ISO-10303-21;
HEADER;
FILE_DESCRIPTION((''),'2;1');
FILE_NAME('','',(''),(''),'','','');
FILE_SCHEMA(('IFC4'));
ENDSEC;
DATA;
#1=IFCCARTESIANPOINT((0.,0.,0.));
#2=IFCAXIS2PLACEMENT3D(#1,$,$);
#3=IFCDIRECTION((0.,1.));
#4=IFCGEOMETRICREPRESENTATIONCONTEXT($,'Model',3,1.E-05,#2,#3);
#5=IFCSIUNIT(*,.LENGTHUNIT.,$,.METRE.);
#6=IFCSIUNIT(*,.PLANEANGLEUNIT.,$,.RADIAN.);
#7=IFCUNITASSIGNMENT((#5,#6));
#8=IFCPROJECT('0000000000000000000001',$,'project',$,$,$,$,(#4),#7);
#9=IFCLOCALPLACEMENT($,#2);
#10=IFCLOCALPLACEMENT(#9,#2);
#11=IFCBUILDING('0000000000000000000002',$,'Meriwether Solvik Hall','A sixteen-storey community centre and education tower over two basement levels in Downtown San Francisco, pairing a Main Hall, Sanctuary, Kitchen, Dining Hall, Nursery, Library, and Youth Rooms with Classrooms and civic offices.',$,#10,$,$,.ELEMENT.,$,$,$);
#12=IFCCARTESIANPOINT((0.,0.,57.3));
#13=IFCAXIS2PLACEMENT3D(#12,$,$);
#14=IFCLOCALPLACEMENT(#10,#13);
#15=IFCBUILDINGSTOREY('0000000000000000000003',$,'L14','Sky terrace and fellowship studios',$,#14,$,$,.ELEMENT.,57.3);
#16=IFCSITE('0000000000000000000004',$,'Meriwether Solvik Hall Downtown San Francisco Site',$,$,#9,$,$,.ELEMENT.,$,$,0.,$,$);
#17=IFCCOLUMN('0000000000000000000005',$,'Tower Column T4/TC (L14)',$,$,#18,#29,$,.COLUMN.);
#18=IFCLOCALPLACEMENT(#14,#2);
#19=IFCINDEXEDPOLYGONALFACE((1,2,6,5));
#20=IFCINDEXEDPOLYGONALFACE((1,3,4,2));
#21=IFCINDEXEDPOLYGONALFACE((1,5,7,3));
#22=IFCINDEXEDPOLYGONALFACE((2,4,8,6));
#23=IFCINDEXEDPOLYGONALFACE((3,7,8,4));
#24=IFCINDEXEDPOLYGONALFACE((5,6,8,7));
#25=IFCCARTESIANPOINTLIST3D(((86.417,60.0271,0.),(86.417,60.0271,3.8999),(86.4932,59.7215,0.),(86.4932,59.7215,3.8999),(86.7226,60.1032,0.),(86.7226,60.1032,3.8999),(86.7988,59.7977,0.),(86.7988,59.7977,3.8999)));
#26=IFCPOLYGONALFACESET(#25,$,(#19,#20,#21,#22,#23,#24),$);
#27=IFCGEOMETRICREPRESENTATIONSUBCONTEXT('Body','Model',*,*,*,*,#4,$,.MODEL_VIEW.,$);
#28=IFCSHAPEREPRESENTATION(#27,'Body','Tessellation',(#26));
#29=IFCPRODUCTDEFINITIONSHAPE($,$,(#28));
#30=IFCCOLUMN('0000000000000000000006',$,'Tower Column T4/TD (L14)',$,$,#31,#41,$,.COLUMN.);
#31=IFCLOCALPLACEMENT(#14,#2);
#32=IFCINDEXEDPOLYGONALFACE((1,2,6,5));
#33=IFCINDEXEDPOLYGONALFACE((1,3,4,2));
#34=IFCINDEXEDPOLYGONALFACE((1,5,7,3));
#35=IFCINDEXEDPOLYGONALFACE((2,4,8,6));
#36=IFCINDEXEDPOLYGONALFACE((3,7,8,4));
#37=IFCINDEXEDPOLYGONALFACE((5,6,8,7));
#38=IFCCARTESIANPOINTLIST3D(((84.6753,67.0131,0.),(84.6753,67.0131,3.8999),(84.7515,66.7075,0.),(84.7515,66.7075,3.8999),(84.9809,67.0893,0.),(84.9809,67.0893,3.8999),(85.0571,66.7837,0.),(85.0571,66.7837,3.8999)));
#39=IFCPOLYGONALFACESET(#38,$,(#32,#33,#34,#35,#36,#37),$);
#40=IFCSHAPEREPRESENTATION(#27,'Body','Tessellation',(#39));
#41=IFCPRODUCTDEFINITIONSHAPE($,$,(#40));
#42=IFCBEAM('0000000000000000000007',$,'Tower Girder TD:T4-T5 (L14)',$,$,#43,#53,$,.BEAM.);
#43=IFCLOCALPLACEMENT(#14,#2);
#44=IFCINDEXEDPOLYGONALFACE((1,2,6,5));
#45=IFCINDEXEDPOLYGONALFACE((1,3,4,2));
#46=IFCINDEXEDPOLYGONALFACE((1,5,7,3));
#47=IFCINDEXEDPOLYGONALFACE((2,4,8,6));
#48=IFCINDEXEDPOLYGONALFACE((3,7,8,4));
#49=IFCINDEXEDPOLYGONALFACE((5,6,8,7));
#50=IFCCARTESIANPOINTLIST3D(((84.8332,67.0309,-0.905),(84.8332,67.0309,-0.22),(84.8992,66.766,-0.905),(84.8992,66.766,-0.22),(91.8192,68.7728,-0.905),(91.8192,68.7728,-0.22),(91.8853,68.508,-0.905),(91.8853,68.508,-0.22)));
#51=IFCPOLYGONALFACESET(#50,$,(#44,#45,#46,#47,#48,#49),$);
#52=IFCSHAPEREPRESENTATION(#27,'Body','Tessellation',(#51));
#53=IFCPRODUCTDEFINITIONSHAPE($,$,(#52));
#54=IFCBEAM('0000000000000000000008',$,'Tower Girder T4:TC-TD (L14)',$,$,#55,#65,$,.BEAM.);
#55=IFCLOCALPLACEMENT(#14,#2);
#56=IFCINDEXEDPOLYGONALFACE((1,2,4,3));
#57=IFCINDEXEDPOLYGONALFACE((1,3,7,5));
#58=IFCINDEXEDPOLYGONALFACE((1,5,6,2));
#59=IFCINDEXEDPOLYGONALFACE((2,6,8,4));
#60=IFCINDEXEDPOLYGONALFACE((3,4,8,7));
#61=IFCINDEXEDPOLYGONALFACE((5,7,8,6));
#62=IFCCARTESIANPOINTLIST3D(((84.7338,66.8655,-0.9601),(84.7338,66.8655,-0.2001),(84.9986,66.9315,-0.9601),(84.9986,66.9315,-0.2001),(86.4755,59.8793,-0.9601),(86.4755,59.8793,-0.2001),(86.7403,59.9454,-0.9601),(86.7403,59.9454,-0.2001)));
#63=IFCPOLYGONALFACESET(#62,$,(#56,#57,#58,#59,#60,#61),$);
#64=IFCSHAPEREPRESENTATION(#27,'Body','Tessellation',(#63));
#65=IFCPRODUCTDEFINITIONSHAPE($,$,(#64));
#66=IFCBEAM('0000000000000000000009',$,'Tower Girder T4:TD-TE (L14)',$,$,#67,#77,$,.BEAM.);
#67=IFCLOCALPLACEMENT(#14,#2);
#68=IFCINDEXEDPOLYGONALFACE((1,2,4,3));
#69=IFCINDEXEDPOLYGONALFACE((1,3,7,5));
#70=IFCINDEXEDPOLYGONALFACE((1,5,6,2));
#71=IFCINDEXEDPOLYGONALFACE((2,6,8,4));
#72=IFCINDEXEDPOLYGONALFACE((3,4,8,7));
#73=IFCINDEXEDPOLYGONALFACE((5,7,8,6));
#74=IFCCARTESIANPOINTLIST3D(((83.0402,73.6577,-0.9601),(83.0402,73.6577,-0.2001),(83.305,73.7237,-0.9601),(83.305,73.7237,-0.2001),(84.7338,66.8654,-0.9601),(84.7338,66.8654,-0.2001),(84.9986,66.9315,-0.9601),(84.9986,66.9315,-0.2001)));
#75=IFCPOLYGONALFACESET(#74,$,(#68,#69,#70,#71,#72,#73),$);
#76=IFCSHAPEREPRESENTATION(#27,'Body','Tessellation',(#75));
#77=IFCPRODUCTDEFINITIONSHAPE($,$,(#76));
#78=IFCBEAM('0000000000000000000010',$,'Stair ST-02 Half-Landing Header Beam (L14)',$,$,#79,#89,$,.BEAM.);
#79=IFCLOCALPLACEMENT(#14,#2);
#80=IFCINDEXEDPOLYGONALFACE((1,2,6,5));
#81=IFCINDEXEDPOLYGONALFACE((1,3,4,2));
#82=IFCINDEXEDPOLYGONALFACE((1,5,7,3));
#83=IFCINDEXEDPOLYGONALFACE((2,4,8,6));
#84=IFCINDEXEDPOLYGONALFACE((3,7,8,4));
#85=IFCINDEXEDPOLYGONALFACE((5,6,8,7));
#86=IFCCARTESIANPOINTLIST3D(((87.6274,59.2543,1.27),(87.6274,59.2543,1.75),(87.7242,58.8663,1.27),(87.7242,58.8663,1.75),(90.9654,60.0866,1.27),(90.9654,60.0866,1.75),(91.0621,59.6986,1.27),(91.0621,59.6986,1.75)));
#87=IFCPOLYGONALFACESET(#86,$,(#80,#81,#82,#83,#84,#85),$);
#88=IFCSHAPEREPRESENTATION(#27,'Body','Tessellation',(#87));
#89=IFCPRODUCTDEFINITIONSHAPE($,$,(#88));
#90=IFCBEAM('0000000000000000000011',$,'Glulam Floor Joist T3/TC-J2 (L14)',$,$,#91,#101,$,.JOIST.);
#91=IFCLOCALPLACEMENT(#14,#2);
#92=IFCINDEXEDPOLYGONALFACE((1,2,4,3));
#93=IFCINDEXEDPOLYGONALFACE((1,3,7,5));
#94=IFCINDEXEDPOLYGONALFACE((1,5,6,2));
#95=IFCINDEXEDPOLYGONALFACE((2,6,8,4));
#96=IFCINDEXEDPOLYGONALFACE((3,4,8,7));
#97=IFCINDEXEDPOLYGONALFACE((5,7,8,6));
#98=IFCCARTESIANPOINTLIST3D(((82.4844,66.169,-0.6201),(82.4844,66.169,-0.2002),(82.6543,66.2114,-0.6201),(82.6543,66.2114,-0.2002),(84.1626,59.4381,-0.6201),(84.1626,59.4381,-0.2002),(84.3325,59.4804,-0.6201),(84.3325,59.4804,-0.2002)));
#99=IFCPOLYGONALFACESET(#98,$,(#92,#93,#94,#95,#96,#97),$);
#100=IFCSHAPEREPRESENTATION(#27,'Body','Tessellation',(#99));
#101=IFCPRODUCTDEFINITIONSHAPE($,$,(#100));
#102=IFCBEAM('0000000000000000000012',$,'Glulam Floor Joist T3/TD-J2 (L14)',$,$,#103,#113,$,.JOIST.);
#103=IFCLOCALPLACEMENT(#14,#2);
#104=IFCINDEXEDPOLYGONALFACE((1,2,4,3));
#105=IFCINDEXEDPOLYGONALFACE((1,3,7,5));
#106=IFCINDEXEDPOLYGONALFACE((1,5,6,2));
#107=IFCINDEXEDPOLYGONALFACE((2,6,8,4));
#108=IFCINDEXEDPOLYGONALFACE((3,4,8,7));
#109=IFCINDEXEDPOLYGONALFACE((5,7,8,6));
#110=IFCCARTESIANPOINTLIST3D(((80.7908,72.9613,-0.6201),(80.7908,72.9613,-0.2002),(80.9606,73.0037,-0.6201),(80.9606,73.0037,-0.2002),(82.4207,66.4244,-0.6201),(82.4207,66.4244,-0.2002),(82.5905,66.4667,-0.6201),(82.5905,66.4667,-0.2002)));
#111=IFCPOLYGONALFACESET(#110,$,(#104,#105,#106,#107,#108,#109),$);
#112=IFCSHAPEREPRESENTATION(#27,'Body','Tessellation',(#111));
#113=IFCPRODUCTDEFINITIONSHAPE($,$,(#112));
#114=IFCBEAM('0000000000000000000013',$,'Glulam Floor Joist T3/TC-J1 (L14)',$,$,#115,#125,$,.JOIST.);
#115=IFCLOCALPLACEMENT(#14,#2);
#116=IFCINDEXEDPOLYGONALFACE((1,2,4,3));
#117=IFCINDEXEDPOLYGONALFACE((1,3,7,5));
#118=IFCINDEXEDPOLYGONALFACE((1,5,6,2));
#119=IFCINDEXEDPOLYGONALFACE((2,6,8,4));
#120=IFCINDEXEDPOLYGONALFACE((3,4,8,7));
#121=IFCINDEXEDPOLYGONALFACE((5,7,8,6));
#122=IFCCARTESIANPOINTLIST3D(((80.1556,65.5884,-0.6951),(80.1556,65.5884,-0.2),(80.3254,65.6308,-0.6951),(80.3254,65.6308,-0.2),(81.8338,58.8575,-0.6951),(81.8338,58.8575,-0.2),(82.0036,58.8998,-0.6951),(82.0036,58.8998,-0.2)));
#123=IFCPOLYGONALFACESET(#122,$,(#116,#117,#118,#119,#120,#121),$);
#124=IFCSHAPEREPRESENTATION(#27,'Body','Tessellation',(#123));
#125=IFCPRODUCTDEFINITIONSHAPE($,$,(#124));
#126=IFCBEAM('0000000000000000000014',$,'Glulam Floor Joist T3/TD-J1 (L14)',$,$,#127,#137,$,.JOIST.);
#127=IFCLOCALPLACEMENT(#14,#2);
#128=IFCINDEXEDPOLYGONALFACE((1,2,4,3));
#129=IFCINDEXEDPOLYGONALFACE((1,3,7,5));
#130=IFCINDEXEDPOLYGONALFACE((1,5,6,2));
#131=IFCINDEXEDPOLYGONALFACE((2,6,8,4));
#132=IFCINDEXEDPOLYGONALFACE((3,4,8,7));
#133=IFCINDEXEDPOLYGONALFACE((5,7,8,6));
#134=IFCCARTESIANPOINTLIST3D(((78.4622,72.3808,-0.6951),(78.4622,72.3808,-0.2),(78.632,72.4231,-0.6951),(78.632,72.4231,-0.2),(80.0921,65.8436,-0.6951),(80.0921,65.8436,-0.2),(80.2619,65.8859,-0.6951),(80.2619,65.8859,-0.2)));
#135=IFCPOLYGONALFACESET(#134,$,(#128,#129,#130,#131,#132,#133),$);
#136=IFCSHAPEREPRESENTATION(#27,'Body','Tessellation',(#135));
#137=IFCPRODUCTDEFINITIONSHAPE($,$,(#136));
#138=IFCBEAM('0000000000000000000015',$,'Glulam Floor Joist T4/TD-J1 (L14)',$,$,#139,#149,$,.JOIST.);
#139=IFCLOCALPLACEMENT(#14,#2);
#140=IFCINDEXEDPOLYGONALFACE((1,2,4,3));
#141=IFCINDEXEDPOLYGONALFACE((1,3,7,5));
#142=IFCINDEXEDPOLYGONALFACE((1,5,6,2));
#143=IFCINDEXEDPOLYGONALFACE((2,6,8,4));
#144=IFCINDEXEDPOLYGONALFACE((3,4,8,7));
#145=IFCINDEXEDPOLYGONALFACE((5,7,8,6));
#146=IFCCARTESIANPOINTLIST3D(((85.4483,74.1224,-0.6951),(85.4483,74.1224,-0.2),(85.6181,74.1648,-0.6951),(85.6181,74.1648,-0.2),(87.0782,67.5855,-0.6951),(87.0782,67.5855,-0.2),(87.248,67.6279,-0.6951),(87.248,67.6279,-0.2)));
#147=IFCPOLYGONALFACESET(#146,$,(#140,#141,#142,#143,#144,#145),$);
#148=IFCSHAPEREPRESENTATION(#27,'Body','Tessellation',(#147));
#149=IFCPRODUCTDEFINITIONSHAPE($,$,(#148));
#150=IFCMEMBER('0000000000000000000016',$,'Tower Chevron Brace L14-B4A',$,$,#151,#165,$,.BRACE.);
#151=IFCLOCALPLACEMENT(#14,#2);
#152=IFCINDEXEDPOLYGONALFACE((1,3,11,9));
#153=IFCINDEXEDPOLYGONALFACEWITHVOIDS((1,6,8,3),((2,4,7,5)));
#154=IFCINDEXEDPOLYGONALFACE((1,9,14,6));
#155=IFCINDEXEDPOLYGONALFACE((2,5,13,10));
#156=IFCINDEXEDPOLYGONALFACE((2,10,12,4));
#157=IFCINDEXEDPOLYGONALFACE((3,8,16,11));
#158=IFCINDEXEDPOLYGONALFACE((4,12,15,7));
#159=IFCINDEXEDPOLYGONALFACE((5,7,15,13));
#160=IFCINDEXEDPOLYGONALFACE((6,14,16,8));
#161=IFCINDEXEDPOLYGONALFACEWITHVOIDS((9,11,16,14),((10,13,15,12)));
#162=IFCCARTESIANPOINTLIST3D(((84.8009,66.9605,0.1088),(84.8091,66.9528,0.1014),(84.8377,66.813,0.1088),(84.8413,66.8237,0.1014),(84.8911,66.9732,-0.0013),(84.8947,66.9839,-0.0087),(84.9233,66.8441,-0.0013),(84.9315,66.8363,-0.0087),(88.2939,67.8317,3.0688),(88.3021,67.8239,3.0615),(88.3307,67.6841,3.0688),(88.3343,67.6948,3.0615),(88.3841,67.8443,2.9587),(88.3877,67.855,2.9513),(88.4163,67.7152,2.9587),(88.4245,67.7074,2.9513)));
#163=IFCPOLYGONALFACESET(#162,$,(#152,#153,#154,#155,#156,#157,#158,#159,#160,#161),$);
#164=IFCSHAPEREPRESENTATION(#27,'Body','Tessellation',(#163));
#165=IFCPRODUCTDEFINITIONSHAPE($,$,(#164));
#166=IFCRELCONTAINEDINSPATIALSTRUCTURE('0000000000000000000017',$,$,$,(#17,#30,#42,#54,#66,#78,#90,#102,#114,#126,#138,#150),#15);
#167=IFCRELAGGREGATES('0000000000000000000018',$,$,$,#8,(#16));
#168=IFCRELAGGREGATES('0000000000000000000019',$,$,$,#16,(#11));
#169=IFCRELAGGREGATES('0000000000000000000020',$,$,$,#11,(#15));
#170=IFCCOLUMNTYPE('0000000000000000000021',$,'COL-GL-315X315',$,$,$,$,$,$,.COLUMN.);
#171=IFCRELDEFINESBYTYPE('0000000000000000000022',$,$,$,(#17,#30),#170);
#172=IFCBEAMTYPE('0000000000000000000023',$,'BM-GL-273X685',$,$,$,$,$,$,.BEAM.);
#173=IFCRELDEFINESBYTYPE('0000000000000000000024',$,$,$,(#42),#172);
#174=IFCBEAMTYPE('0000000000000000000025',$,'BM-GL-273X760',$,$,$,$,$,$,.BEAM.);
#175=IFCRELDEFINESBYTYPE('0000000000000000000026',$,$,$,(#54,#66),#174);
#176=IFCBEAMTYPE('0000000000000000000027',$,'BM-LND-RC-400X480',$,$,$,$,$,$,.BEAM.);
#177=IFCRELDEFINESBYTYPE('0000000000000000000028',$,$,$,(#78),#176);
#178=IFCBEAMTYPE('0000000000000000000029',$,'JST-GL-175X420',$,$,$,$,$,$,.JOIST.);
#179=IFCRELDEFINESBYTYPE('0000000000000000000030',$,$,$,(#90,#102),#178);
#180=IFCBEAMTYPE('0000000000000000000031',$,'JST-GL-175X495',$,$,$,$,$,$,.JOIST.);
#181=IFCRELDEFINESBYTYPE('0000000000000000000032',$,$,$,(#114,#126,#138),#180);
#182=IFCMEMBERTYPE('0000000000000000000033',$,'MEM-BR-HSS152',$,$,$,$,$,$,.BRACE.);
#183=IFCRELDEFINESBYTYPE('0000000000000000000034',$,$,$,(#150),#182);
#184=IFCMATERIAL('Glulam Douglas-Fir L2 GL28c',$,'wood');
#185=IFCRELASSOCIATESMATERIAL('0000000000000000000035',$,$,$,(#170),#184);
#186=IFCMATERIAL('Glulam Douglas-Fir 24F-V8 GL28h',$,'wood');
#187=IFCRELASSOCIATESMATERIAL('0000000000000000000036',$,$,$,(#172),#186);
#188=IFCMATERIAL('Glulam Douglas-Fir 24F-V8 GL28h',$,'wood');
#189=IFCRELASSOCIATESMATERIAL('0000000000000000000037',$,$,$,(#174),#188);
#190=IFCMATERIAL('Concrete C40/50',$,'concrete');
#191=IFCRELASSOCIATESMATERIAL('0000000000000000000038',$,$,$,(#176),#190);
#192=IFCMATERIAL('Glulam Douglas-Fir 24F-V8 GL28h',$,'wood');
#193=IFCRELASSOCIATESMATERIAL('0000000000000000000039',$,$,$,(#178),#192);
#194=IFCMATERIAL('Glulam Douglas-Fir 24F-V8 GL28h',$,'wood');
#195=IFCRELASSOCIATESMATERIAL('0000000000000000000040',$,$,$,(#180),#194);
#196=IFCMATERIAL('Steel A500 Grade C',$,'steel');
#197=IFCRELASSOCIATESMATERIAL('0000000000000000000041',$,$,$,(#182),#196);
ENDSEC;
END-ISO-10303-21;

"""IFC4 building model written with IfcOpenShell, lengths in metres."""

from ifc_helpers import new_model, si_unit, direction, frame, origin, origin_2d, place, context, subcontext, project, spatial, rectangle, hollow_rectangle, extrude, material, material_profile, profile_set, type_object, element, save


model = new_model("IFC4")

# Units and contexts
model_context = context("Model", 3, precision=1e-05, world=origin(), true_north=direction((0.0, 1.0)))
body_context = subcontext(model_context, "Body", "Model", "MODEL_VIEW")
ifc_project = project(units=[si_unit("LENGTHUNIT", "METRE"), si_unit("PLANEANGLEUNIT", "RADIAN")], contexts=[model_context])

# Site, building, storey
site_placement = place(None, origin())
site = spatial("IfcSite", under=ifc_project, at=site_placement, Name="Meriwether Solvik Hall Downtown San Francisco Site", CompositionType="ELEMENT", RefElevation=0.0)
building_placement = place(site_placement, origin())
building = spatial("IfcBuilding", under=site, at=building_placement, Name="Meriwether Solvik Hall", Description="A sixteen-storey community centre and education tower over two basement levels in Downtown San Francisco, pairing a Main Hall, Sanctuary, Kitchen, Dining Hall, Nursery, Library, and Youth Rooms with Classrooms and civic offices.", CompositionType="ELEMENT")
storey_placement = place(building_placement, frame((0.0, 0.0, 57.3)))
storey = spatial("IfcBuildingStorey", under=building, at=storey_placement, Name="L14", Description="Sky terrace and fellowship studios", CompositionType="ELEMENT", Elevation=57.3)

# Columns
ifc_material_1 = material(Name="Glulam Douglas-Fir L2 GL28c", Category="wood")
ifc_material_profile_1 = material_profile(ifc_material_1, rectangle(XDim=0.3149, YDim=0.3149, at=origin_2d()), Name="GLC-315X315")
ifc_profile_set_1 = profile_set([ifc_material_profile_1], Name="Glulam Douglas-Fir L2 GL28c")
column_type = type_object("IfcColumnType", Name="COL-GL-315X315", PredefinedType="COLUMN", material=ifc_profile_set_1)
for number, where, z_axis, x_axis, name in (
    (1, (86.6079, 59.9124, 0.0), (0.0, 0.0, 1.0), (0.970296, 0.241922, 0.0), "Tower Column T4/TC (L14)"),
    (2, (84.8662, 66.8984, 0.0), (0.0, 0.0, 1.0), (0.970296, 0.241922, 0.0), "Tower Column T4/TD (L14)"),
):
    element("IfcColumn", number, at=place(storey_placement, frame(where, z_axis=z_axis, x_axis=x_axis)), inside=storey, type_object=column_type, Name=name, PredefinedType="COLUMN", context=body_context, shape_type="SweptSolid", body=[
        extrude(rectangle(XDim=0.3149, YDim=0.3149, at=origin_2d()), origin(), (0.0, 0.0, 1.0), 3.8999),
    ])

# Beams
ifc_material_2 = material(Name="Glulam Douglas-Fir 24F-V8 GL28h", Category="wood")
ifc_material_profile_2 = material_profile(ifc_material_2, rectangle(XDim=0.2729, YDim=0.6851, at=origin_2d()), Name="GLB-273X685")
ifc_profile_set_2 = profile_set([ifc_material_profile_2], Name="Glulam Douglas-Fir 24F-V8 GL28h")
beam_type_1 = type_object("IfcBeamType", Name="BM-GL-273X685", PredefinedType="BEAM", material=ifc_profile_set_2)
beam_1_placement = place(storey_placement, frame((84.8662, 66.8984, -0.5625), z_axis=(0.970292, 0.241937, 0.0), x_axis=(-0.241937, 0.970292, 0.0)))
element("IfcBeam", 3, at=beam_1_placement, inside=storey, type_object=beam_type_1, Name="Tower Girder TD:T4-T5 (L14)", PredefinedType="BEAM", context=body_context, shape_type="SweptSolid", body=[
    extrude(rectangle(XDim=0.2729, YDim=0.6851, at=origin_2d()), origin(), (0.0, 0.0, 1.0), 7.2),
])
ifc_material_3 = material(Name="Glulam Douglas-Fir 24F-V8 GL28h", Category="wood")
ifc_material_profile_3 = material_profile(ifc_material_3, rectangle(XDim=0.2729, YDim=0.76, at=origin_2d()), Name="GLB-273X760")
ifc_profile_set_3 = profile_set([ifc_material_profile_3], Name="Glulam Douglas-Fir 24F-V8 GL28h")
beam_type_2 = type_object("IfcBeamType", Name="BM-GL-273X760", PredefinedType="BEAM", material=ifc_profile_set_3)
beam_2_placement = place(storey_placement, frame((86.6079, 59.9124, -0.5801), z_axis=(-0.241905, 0.9703, 0.0), x_axis=(-0.9703, -0.241905, 0.0)))
element("IfcBeam", 4, at=beam_2_placement, inside=storey, type_object=beam_type_2, Name="Tower Girder T4:TC-TD (L14)", PredefinedType="BEAM", context=body_context, shape_type="SweptSolid", body=[
    extrude(rectangle(XDim=0.2729, YDim=0.76, at=origin_2d()), origin(), (0.0, 0.0, 1.0), 7.2),
])
beam_3_placement = place(storey_placement, frame((84.8662, 66.8984, -0.5801), z_axis=(-0.241937, 0.970292, 0.0), x_axis=(-0.970292, -0.241937, 0.0)))
element("IfcBeam", 5, at=beam_3_placement, inside=storey, type_object=beam_type_2, Name="Tower Girder T4:TD-TE (L14)", PredefinedType="BEAM", context=body_context, shape_type="SweptSolid", body=[
    extrude(rectangle(XDim=0.2729, YDim=0.76, at=origin_2d()), origin(), (0.0, 0.0, 1.0), 7.0002),
])
ifc_material_4 = material(Name="Concrete C40/50", Category="concrete")
ifc_material_profile_4 = material_profile(ifc_material_4, rectangle(XDim=0.3999, YDim=0.48, at=origin_2d()), Name="RCB-400X480")
ifc_profile_set_4 = profile_set([ifc_material_profile_4], Name="Concrete C40/50")
beam_type_3 = type_object("IfcBeamType", Name="BM-LND-RC-400X480", PredefinedType="BEAM", material=ifc_profile_set_4)
beam_4_placement = place(storey_placement, frame((87.6758, 59.0603, 1.51), z_axis=(0.970293, 0.241934, 0.0), x_axis=(-0.241934, 0.970293, 0.0)))
element("IfcBeam", 6, at=beam_4_placement, inside=storey, type_object=beam_type_3, Name="Stair ST-02 Half-Landing Header Beam (L14)", PredefinedType="BEAM", context=body_context, shape_type="SweptSolid", body=[
    extrude(rectangle(XDim=0.3999, YDim=0.48, at=origin_2d()), origin(), (0.0, 0.0, 1.0), 3.4402),
])
ifc_material_5 = material(Name="Glulam Douglas-Fir 24F-V8 GL28h", Category="wood")
ifc_material_profile_5 = material_profile(ifc_material_5, rectangle(XDim=0.175, YDim=0.4199, at=origin_2d()), Name="GLJ-175X420")
ifc_profile_set_5 = profile_set([ifc_material_profile_5], Name="Glulam Douglas-Fir 24F-V8 GL28h")
beam_type_4 = type_object("IfcBeamType", Name="JST-GL-175X420", PredefinedType="JOIST", material=ifc_profile_set_5)
beam_5_placement = place(storey_placement, frame((84.2476, 59.4592, -0.4102), z_axis=(-0.241923, 0.970296, 0.0), x_axis=(-0.970296, -0.241923, 0.0)))
element("IfcBeam", 7, at=beam_5_placement, inside=storey, type_object=beam_type_4, Name="Glulam Floor Joist T3/TC-J2 (L14)", PredefinedType="JOIST", context=body_context, shape_type="SweptSolid", body=[
    extrude(rectangle(XDim=0.175, YDim=0.4199, at=origin_2d()), origin(), (0.0, 0.0, 1.0), 6.937),
])
beam_6_placement = place(storey_placement, frame((82.5056, 66.4456, -0.4102), z_axis=(-0.24193, 0.970294, 0.0), x_axis=(-0.970294, -0.24193, 0.0)))
element("IfcBeam", 8, at=beam_6_placement, inside=storey, type_object=beam_type_4, Name="Glulam Floor Joist T3/TD-J2 (L14)", PredefinedType="JOIST", context=body_context, shape_type="SweptSolid", body=[
    extrude(rectangle(XDim=0.175, YDim=0.4199, at=origin_2d()), origin(), (0.0, 0.0, 1.0), 6.7371),
])
ifc_material_6 = material(Name="Glulam Douglas-Fir 24F-V8 GL28h", Category="wood")
ifc_material_profile_6 = material_profile(ifc_material_6, rectangle(XDim=0.175, YDim=0.4951, at=origin_2d()), Name="GLJ-175X495")
ifc_profile_set_6 = profile_set([ifc_material_profile_6], Name="Glulam Douglas-Fir 24F-V8 GL28h")
beam_type_5 = type_object("IfcBeamType", Name="JST-GL-175X495", PredefinedType="JOIST", material=ifc_profile_set_6)
beam_7_placement = place(storey_placement, frame((81.9187, 58.8787, -0.4475), z_axis=(-0.241923, 0.970296, 0.0), x_axis=(-0.970296, -0.241923, 0.0)))
element("IfcBeam", 9, at=beam_7_placement, inside=storey, type_object=beam_type_5, Name="Glulam Floor Joist T3/TC-J1 (L14)", PredefinedType="JOIST", context=body_context, shape_type="SweptSolid", body=[
    extrude(rectangle(XDim=0.175, YDim=0.4951, at=origin_2d()), origin(), (0.0, 0.0, 1.0), 6.937),
])
beam_8_placement = place(storey_placement, frame((80.177, 65.8647, -0.4475), z_axis=(-0.241922, 0.970296, 0.0), x_axis=(-0.970296, -0.241922, 0.0)))
element("IfcBeam", 10, at=beam_8_placement, inside=storey, type_object=beam_type_5, Name="Glulam Floor Joist T3/TD-J1 (L14)", PredefinedType="JOIST", context=body_context, shape_type="SweptSolid", body=[
    extrude(rectangle(XDim=0.175, YDim=0.4951, at=origin_2d()), origin(), (0.0, 0.0, 1.0), 6.7373),
])
beam_9_placement = place(storey_placement, frame((87.1631, 67.6067, -0.4475), z_axis=(-0.24193, 0.970294, 0.0), x_axis=(-0.970294, -0.24193, 0.0)))
element("IfcBeam", 11, at=beam_9_placement, inside=storey, type_object=beam_type_5, Name="Glulam Floor Joist T4/TD-J1 (L14)", PredefinedType="JOIST", context=body_context, shape_type="SweptSolid", body=[
    extrude(rectangle(XDim=0.175, YDim=0.4951, at=origin_2d()), origin(), (0.0, 0.0, 1.0), 6.7371),
])

# Member
ifc_material_7 = material(Name="Steel A500 Grade C", Category="steel")
ifc_material_profile_7 = material_profile(ifc_material_7, hollow_rectangle(XDim=0.1521, YDim=0.1521, WallThickness=0.0095, at=origin_2d()), Name="HSS152X152X9.5")
ifc_profile_set_7 = profile_set([ifc_material_profile_7], Name="Steel A500 Grade C")
member_type = type_object("IfcMemberType", Name="MEM-BR-HSS152", PredefinedType="BRACE", material=ifc_profile_set_7)
member_placement = place(storey_placement, frame((84.8662, 66.8984, 0.05), z_axis=(0.749466, 0.186908, 0.635111), x_axis=(-0.241977, 0.970282, 0.0)))
element("IfcMember", 12, at=member_placement, inside=storey, type_object=member_type, Name="Tower Chevron Brace L14-B4A", PredefinedType="BRACE", context=body_context, shape_type="SweptSolid", body=[
    extrude(hollow_rectangle(XDim=0.1521, YDim=0.1521, WallThickness=0.0095, at=origin_2d()), origin(), (0.0, 0.0, 1.0), 4.6606),
])

save(model, "model.ifc")
